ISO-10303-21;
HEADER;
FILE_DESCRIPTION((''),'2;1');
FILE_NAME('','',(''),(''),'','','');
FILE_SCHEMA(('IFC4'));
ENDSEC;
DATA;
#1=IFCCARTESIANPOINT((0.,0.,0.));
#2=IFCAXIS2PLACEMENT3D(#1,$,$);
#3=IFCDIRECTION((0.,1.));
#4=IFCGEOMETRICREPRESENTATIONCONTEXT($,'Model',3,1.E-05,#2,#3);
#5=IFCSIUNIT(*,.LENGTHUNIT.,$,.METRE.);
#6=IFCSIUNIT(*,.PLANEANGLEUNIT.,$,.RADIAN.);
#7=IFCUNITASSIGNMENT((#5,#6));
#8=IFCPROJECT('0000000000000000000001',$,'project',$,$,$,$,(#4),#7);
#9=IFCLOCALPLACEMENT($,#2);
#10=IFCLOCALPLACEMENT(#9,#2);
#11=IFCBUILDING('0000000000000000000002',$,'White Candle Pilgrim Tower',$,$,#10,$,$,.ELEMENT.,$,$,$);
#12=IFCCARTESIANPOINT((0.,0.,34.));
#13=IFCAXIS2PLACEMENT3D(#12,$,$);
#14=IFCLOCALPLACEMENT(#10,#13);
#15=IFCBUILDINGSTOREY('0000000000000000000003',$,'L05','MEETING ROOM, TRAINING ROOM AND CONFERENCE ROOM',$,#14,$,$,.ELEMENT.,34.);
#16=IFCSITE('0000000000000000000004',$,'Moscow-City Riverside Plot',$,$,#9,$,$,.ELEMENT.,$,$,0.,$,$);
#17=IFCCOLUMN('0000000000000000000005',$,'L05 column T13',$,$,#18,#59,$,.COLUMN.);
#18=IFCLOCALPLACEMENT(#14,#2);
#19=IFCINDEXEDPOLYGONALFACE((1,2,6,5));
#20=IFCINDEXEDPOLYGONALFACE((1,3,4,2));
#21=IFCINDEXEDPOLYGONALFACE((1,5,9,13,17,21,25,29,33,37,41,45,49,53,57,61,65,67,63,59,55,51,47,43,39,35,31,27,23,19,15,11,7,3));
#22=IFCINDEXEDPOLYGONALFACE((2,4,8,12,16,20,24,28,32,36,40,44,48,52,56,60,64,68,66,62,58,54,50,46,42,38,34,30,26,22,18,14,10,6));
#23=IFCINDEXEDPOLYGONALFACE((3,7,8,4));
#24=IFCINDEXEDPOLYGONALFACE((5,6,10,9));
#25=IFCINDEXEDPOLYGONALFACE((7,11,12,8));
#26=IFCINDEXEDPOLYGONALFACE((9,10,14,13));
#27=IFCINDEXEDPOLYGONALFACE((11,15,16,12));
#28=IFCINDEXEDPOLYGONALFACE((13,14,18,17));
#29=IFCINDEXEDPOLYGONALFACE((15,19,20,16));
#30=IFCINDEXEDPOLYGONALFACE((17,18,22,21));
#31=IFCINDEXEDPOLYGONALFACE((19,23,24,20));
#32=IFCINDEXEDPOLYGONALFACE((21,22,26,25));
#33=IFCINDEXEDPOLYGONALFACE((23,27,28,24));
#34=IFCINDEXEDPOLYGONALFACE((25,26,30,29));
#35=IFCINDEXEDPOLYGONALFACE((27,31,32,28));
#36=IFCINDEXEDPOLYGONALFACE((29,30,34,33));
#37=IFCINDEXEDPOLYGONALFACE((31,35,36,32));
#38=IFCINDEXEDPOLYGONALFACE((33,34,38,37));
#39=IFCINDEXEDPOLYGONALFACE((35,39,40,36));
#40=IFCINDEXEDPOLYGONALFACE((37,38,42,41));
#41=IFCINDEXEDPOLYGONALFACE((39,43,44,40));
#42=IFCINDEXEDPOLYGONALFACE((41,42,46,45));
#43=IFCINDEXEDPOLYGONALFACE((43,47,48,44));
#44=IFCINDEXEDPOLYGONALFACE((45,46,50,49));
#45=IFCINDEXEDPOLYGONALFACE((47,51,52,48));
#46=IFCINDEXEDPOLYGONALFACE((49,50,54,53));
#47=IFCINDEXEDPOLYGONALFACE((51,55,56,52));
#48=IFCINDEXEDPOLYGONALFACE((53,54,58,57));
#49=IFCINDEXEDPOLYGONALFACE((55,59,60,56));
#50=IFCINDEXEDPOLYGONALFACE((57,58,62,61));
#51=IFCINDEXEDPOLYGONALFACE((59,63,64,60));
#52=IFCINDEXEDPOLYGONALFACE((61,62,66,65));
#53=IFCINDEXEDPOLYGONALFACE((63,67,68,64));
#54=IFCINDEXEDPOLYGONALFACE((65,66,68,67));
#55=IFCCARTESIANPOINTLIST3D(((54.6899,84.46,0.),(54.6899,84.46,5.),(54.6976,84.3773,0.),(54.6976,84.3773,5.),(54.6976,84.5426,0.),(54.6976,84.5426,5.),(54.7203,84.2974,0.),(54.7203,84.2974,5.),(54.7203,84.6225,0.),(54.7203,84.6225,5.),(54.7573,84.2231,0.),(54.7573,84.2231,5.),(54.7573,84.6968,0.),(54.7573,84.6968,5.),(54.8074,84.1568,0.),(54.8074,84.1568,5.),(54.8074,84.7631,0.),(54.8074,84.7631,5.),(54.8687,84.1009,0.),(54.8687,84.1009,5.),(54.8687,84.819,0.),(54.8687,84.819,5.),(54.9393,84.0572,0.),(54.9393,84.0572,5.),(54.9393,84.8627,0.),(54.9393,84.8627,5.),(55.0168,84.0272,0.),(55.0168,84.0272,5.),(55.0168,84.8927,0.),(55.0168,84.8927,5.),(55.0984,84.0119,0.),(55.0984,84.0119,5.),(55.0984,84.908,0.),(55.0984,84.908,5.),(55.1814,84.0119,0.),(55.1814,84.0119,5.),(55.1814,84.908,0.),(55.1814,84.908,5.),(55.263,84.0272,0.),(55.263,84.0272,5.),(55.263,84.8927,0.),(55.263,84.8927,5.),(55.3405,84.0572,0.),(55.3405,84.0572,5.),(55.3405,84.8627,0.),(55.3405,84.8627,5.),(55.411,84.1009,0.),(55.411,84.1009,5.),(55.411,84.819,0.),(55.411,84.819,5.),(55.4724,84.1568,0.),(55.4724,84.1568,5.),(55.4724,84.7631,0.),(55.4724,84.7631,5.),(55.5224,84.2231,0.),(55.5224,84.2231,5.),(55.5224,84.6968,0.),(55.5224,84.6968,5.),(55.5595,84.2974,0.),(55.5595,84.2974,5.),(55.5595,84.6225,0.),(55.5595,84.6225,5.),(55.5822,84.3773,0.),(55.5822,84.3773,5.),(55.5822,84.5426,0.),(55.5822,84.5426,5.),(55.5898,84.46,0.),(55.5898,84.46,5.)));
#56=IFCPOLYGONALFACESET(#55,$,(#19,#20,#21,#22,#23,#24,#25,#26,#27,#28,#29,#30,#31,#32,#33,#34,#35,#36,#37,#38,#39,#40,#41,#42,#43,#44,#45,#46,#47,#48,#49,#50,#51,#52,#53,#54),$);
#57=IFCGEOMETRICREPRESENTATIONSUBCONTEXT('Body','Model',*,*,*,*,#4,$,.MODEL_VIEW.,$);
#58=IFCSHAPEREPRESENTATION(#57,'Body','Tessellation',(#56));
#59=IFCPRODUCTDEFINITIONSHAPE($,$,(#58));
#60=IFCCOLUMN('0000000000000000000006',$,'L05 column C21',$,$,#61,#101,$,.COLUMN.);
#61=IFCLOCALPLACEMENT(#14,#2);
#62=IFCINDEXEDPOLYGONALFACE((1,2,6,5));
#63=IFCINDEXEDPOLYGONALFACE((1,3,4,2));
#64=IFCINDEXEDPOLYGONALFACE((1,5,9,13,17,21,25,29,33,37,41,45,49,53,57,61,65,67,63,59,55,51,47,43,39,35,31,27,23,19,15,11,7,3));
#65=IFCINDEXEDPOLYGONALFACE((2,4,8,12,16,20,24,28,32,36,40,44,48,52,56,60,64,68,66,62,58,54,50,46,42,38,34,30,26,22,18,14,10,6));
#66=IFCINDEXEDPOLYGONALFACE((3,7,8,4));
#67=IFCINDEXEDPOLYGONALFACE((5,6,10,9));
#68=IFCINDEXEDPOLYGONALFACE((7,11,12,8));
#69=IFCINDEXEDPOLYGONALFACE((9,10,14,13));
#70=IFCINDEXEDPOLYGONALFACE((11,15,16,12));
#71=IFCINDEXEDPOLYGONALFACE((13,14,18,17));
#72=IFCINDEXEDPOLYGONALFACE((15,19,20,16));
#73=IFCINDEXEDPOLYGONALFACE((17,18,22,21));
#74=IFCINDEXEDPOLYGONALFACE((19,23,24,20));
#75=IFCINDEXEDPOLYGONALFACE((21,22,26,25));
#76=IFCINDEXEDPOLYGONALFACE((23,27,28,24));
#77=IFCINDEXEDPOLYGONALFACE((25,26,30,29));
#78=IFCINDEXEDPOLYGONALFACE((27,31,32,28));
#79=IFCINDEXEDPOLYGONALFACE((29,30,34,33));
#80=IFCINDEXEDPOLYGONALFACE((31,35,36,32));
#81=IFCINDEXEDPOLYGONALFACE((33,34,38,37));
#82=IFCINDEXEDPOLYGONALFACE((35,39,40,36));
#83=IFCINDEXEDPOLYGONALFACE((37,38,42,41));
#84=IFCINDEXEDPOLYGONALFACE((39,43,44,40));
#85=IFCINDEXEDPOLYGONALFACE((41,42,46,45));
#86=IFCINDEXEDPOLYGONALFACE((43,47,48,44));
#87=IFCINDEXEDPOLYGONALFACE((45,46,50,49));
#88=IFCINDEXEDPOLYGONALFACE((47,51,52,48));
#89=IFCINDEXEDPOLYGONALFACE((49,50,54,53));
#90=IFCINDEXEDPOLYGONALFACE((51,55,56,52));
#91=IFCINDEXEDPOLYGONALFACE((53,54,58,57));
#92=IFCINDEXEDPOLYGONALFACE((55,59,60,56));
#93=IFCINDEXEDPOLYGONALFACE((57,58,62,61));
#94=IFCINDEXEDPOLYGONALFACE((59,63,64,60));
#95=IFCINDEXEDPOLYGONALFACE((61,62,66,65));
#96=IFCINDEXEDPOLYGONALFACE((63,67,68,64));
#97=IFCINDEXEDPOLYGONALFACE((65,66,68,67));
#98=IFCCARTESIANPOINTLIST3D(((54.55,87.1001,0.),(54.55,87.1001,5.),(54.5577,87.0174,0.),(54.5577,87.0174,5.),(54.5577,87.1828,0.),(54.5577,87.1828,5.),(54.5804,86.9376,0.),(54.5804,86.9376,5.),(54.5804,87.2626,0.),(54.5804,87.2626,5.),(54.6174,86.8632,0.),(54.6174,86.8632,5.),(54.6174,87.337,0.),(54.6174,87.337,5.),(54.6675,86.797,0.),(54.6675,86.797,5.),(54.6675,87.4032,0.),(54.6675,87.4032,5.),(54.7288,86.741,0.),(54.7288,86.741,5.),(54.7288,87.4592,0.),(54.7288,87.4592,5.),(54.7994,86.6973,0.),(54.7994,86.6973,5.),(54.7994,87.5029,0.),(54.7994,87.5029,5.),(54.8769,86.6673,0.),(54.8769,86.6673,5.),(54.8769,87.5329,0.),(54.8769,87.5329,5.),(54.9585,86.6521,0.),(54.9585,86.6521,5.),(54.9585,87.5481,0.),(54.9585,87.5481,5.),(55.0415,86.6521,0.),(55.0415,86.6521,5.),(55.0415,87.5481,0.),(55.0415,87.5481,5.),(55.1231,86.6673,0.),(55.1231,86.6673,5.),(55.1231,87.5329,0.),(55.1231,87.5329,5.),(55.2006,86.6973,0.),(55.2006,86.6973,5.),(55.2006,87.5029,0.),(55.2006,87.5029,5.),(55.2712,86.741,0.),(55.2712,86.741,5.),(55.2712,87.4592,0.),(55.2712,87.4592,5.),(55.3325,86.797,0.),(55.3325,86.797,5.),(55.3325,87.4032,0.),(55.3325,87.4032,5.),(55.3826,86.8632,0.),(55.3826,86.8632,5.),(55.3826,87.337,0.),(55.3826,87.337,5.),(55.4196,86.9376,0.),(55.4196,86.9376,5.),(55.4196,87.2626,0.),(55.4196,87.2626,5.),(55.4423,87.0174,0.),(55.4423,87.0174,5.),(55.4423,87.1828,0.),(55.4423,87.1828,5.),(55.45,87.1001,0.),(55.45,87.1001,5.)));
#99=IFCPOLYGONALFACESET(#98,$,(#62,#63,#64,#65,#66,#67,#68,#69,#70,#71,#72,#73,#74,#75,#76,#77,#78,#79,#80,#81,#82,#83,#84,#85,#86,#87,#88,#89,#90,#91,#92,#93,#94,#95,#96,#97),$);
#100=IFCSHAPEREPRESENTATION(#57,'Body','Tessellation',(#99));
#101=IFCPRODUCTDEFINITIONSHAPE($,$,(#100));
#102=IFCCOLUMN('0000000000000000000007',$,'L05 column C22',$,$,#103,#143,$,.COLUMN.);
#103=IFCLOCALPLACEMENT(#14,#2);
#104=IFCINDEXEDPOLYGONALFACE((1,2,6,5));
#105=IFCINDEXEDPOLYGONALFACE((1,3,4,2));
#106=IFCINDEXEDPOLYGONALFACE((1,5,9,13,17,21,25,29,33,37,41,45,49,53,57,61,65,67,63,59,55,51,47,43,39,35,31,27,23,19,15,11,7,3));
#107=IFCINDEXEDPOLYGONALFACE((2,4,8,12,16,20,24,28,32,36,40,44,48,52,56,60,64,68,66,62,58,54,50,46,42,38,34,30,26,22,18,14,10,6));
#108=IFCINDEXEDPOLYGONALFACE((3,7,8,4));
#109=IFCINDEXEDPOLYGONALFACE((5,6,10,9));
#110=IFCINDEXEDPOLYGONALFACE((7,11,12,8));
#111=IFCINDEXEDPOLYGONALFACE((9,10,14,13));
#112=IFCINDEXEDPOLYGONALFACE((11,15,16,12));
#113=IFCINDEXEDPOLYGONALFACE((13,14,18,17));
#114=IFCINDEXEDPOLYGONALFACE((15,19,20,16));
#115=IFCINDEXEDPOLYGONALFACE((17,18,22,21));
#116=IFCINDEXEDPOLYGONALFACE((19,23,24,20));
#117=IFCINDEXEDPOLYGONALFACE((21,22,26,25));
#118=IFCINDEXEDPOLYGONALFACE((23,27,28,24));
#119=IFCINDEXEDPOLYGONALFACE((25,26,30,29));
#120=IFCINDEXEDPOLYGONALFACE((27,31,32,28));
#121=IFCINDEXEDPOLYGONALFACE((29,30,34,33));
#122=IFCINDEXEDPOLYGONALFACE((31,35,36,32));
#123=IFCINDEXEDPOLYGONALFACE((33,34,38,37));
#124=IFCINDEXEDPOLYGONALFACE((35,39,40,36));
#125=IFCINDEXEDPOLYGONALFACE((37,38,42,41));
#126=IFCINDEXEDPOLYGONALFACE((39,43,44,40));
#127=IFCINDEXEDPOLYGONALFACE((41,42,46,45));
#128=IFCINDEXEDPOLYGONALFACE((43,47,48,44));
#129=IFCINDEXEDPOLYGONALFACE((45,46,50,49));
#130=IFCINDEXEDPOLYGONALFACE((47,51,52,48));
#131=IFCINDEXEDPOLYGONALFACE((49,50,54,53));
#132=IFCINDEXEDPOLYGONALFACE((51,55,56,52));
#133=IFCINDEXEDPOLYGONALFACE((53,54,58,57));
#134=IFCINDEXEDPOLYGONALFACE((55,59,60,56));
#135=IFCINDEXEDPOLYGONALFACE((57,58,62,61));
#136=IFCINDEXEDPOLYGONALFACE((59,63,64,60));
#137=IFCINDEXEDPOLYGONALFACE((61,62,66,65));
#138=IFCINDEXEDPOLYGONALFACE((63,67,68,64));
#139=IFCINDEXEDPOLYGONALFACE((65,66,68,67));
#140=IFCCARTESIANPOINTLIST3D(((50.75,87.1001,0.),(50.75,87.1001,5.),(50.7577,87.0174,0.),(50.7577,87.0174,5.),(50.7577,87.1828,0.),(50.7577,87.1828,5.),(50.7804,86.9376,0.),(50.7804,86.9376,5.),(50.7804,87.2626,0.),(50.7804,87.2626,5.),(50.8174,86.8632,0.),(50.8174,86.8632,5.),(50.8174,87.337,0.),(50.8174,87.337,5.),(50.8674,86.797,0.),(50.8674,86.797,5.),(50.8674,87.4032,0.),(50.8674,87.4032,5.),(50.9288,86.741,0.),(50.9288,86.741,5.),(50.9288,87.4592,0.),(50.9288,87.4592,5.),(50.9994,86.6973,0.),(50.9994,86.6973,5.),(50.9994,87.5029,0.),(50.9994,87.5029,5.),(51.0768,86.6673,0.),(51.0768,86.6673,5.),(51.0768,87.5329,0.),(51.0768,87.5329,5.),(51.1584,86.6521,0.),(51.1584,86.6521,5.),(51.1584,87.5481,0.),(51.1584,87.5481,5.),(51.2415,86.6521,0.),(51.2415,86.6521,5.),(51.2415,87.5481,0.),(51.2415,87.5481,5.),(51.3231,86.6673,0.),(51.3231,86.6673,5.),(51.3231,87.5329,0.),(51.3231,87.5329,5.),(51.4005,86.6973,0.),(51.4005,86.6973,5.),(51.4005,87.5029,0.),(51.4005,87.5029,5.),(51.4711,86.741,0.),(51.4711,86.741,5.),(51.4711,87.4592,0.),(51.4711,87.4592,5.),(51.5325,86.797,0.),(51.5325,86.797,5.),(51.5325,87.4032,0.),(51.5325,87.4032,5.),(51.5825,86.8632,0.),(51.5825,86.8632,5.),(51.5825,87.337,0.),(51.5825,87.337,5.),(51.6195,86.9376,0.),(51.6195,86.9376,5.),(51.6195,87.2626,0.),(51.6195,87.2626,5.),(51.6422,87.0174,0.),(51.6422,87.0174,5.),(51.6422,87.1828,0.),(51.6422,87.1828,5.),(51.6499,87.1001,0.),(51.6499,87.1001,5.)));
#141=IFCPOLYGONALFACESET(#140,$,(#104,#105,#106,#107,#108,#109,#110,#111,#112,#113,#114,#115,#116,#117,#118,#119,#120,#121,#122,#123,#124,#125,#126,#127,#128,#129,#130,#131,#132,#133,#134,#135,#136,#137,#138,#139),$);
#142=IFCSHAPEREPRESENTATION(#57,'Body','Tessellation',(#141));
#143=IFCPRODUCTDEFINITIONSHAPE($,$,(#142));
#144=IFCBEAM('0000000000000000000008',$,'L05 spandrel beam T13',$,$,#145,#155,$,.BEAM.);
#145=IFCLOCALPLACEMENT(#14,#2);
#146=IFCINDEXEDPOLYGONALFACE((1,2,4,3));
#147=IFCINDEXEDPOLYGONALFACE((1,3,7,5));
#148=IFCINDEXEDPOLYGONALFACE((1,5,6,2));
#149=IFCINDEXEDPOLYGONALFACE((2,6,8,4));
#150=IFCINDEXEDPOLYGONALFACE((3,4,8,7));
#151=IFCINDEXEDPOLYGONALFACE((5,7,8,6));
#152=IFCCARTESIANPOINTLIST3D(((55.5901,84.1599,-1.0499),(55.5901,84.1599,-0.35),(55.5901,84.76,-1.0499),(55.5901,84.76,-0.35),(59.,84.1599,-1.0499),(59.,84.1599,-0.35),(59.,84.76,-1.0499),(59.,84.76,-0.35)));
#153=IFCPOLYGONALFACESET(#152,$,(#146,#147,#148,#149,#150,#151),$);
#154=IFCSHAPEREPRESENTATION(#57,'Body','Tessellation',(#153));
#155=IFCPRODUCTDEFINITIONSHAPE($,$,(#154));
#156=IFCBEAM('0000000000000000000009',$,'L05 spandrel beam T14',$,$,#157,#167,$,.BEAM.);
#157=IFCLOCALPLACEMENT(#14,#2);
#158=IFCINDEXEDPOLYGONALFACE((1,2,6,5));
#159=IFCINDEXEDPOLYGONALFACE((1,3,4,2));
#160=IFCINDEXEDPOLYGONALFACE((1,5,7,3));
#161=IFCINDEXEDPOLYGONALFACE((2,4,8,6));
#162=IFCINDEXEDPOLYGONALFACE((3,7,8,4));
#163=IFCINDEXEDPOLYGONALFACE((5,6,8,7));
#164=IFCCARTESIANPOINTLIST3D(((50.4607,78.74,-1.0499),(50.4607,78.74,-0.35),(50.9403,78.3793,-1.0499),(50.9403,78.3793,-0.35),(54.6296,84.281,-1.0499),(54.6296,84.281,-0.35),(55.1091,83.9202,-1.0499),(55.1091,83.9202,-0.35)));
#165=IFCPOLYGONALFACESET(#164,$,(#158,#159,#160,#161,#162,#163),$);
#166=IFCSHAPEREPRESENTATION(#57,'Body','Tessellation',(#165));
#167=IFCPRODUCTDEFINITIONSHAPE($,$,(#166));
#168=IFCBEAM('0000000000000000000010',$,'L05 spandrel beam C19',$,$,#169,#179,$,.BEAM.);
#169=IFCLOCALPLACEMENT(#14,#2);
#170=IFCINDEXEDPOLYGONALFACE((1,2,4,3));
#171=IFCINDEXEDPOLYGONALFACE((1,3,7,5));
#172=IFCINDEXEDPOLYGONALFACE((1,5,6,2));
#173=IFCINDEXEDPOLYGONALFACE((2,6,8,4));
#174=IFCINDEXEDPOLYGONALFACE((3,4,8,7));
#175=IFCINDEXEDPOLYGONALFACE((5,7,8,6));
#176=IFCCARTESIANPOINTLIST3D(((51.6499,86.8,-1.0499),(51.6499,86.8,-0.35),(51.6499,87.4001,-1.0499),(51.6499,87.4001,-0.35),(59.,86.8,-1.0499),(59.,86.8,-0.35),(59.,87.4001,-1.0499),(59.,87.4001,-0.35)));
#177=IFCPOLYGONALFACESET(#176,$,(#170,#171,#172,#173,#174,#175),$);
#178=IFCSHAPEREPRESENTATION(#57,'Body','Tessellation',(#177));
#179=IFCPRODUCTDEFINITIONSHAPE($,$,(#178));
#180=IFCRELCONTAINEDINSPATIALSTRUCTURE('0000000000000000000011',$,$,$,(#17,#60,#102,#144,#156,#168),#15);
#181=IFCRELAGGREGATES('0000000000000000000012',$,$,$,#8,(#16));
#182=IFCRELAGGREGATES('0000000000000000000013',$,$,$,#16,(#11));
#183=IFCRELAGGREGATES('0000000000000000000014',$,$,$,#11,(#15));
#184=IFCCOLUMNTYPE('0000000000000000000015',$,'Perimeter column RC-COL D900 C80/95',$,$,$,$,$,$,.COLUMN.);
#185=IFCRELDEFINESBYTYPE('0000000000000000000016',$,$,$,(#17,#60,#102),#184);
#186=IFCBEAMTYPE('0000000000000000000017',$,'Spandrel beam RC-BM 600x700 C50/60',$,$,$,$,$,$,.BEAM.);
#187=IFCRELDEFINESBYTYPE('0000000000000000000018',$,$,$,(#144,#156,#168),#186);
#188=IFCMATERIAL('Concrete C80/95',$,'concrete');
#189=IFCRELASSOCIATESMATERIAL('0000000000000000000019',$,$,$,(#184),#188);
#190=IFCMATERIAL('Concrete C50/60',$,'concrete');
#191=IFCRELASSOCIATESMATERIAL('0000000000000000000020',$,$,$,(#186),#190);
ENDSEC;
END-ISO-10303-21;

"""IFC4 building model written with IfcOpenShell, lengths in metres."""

from ifc_helpers import new_model, si_unit, direction, frame, origin, origin_2d, place, context, subcontext, project, spatial, rectangle, circle, extrude, material, material_profile, profile_set, type_object, element, save


model = new_model("IFC4")

# Units and contexts
model_context = context("Model", 3, precision=1e-05, world=origin(), true_north=direction((0.0, 1.0)))
body_context = subcontext(model_context, "Body", "Model", "MODEL_VIEW")
ifc_project = project(units=[si_unit("LENGTHUNIT", "METRE"), si_unit("PLANEANGLEUNIT", "RADIAN")], contexts=[model_context])

# Site, building, storey
site_placement = place(None, origin())
site = spatial("IfcSite", under=ifc_project, at=site_placement, Name="Moscow-City Riverside Plot", CompositionType="ELEMENT", RefElevation=0.0)
building_placement = place(site_placement, origin())
building = spatial("IfcBuilding", under=site, at=building_placement, Name="White Candle Pilgrim Tower", CompositionType="ELEMENT")
storey_placement = place(building_placement, frame((0.0, 0.0, 34.0)))
storey = spatial("IfcBuildingStorey", under=building, at=storey_placement, Name="L05", Description="MEETING ROOM, TRAINING ROOM AND CONFERENCE ROOM", CompositionType="ELEMENT", Elevation=34.0)

# Columns
ifc_material_1 = material(Name="Concrete C80/95", Category="concrete")
ifc_material_profile_1 = material_profile(ifc_material_1, circle(Radius=0.45, at=origin_2d()), Name="RC-COL D900")
ifc_profile_set_1 = profile_set([ifc_material_profile_1], Name="Concrete C80/95")
column_type = type_object("IfcColumnType", Name="Perimeter column RC-COL D900 C80/95", PredefinedType="COLUMN", material=ifc_profile_set_1)
for number, where, z_axis, x_axis, name in (
    (1, (55.1399, 84.46, 0.0), (0.0, 0.0, 1.0), (1.0, 0.0, 0.0), "L05 column T13"),
    (2, (55.0, 87.1001, 0.0), (0.0, 0.0, 1.0), (1.0, 0.0, 0.0), "L05 column C21"),
    (3, (51.2, 87.1001, 0.0), (0.0, 0.0, 1.0), (1.0, 0.0, 0.0), "L05 column C22"),
):
    element("IfcColumn", number, at=place(storey_placement, frame(where, z_axis=z_axis, x_axis=x_axis)), inside=storey, type_object=column_type, Name=name, PredefinedType="COLUMN", context=body_context, shape_type="SweptSolid", body=[
        extrude(circle(Radius=0.45, at=origin_2d()), origin(), (0.0, 0.0, 1.0), 5.0),
    ])

# Beams
ifc_material_2 = material(Name="Concrete C50/60", Category="concrete")
ifc_material_profile_2 = material_profile(ifc_material_2, rectangle(XDim=0.6001, YDim=0.7, at=origin_2d()), Name="RC-BM 600x700")
ifc_profile_set_2 = profile_set([ifc_material_profile_2], Name="Concrete C50/60")
beam_type = type_object("IfcBeamType", Name="Spandrel beam RC-BM 600x700 C50/60", PredefinedType="BEAM", material=ifc_profile_set_2)
beam_1_placement = place(storey_placement, frame((55.5901, 84.46, -0.7), z_axis=(1.0, 0.0, 0.0), x_axis=(0.0, 1.0, 0.0)))
element("IfcBeam", 4, at=beam_1_placement, inside=storey, type_object=beam_type, Name="L05 spandrel beam T13", PredefinedType="BEAM", context=body_context, shape_type="SweptSolid", body=[
    extrude(rectangle(XDim=0.6001, YDim=0.7, at=origin_2d()), origin(), (0.0, 0.0, 1.0), 3.4099),
])
beam_2_placement = place(storey_placement, frame((54.8694, 84.1006, -0.7), z_axis=(-0.601216, -0.799086, 0.0), x_axis=(0.799086, -0.601216, 0.0)))
element("IfcBeam", 5, at=beam_2_placement, inside=storey, type_object=beam_type, Name="L05 spandrel beam T14", PredefinedType="BEAM", context=body_context, shape_type="SweptSolid", body=[
    extrude(rectangle(XDim=0.6001, YDim=0.7, at=origin_2d()), origin(), (0.0, 0.0, 1.0), 6.9341),
])
beam_3_placement = place(storey_placement, frame((51.6499, 87.1001, -0.7), z_axis=(1.0, 0.0, 0.0), x_axis=(0.0, 1.0, 0.0)))
element("IfcBeam", 6, at=beam_3_placement, inside=storey, type_object=beam_type, Name="L05 spandrel beam C19", PredefinedType="BEAM", context=body_context, shape_type="SweptSolid", body=[
    extrude(rectangle(XDim=0.6001, YDim=0.7, at=origin_2d()), origin(), (0.0, 0.0, 1.0), 7.3501),
])

save(model, "model.ifc")
